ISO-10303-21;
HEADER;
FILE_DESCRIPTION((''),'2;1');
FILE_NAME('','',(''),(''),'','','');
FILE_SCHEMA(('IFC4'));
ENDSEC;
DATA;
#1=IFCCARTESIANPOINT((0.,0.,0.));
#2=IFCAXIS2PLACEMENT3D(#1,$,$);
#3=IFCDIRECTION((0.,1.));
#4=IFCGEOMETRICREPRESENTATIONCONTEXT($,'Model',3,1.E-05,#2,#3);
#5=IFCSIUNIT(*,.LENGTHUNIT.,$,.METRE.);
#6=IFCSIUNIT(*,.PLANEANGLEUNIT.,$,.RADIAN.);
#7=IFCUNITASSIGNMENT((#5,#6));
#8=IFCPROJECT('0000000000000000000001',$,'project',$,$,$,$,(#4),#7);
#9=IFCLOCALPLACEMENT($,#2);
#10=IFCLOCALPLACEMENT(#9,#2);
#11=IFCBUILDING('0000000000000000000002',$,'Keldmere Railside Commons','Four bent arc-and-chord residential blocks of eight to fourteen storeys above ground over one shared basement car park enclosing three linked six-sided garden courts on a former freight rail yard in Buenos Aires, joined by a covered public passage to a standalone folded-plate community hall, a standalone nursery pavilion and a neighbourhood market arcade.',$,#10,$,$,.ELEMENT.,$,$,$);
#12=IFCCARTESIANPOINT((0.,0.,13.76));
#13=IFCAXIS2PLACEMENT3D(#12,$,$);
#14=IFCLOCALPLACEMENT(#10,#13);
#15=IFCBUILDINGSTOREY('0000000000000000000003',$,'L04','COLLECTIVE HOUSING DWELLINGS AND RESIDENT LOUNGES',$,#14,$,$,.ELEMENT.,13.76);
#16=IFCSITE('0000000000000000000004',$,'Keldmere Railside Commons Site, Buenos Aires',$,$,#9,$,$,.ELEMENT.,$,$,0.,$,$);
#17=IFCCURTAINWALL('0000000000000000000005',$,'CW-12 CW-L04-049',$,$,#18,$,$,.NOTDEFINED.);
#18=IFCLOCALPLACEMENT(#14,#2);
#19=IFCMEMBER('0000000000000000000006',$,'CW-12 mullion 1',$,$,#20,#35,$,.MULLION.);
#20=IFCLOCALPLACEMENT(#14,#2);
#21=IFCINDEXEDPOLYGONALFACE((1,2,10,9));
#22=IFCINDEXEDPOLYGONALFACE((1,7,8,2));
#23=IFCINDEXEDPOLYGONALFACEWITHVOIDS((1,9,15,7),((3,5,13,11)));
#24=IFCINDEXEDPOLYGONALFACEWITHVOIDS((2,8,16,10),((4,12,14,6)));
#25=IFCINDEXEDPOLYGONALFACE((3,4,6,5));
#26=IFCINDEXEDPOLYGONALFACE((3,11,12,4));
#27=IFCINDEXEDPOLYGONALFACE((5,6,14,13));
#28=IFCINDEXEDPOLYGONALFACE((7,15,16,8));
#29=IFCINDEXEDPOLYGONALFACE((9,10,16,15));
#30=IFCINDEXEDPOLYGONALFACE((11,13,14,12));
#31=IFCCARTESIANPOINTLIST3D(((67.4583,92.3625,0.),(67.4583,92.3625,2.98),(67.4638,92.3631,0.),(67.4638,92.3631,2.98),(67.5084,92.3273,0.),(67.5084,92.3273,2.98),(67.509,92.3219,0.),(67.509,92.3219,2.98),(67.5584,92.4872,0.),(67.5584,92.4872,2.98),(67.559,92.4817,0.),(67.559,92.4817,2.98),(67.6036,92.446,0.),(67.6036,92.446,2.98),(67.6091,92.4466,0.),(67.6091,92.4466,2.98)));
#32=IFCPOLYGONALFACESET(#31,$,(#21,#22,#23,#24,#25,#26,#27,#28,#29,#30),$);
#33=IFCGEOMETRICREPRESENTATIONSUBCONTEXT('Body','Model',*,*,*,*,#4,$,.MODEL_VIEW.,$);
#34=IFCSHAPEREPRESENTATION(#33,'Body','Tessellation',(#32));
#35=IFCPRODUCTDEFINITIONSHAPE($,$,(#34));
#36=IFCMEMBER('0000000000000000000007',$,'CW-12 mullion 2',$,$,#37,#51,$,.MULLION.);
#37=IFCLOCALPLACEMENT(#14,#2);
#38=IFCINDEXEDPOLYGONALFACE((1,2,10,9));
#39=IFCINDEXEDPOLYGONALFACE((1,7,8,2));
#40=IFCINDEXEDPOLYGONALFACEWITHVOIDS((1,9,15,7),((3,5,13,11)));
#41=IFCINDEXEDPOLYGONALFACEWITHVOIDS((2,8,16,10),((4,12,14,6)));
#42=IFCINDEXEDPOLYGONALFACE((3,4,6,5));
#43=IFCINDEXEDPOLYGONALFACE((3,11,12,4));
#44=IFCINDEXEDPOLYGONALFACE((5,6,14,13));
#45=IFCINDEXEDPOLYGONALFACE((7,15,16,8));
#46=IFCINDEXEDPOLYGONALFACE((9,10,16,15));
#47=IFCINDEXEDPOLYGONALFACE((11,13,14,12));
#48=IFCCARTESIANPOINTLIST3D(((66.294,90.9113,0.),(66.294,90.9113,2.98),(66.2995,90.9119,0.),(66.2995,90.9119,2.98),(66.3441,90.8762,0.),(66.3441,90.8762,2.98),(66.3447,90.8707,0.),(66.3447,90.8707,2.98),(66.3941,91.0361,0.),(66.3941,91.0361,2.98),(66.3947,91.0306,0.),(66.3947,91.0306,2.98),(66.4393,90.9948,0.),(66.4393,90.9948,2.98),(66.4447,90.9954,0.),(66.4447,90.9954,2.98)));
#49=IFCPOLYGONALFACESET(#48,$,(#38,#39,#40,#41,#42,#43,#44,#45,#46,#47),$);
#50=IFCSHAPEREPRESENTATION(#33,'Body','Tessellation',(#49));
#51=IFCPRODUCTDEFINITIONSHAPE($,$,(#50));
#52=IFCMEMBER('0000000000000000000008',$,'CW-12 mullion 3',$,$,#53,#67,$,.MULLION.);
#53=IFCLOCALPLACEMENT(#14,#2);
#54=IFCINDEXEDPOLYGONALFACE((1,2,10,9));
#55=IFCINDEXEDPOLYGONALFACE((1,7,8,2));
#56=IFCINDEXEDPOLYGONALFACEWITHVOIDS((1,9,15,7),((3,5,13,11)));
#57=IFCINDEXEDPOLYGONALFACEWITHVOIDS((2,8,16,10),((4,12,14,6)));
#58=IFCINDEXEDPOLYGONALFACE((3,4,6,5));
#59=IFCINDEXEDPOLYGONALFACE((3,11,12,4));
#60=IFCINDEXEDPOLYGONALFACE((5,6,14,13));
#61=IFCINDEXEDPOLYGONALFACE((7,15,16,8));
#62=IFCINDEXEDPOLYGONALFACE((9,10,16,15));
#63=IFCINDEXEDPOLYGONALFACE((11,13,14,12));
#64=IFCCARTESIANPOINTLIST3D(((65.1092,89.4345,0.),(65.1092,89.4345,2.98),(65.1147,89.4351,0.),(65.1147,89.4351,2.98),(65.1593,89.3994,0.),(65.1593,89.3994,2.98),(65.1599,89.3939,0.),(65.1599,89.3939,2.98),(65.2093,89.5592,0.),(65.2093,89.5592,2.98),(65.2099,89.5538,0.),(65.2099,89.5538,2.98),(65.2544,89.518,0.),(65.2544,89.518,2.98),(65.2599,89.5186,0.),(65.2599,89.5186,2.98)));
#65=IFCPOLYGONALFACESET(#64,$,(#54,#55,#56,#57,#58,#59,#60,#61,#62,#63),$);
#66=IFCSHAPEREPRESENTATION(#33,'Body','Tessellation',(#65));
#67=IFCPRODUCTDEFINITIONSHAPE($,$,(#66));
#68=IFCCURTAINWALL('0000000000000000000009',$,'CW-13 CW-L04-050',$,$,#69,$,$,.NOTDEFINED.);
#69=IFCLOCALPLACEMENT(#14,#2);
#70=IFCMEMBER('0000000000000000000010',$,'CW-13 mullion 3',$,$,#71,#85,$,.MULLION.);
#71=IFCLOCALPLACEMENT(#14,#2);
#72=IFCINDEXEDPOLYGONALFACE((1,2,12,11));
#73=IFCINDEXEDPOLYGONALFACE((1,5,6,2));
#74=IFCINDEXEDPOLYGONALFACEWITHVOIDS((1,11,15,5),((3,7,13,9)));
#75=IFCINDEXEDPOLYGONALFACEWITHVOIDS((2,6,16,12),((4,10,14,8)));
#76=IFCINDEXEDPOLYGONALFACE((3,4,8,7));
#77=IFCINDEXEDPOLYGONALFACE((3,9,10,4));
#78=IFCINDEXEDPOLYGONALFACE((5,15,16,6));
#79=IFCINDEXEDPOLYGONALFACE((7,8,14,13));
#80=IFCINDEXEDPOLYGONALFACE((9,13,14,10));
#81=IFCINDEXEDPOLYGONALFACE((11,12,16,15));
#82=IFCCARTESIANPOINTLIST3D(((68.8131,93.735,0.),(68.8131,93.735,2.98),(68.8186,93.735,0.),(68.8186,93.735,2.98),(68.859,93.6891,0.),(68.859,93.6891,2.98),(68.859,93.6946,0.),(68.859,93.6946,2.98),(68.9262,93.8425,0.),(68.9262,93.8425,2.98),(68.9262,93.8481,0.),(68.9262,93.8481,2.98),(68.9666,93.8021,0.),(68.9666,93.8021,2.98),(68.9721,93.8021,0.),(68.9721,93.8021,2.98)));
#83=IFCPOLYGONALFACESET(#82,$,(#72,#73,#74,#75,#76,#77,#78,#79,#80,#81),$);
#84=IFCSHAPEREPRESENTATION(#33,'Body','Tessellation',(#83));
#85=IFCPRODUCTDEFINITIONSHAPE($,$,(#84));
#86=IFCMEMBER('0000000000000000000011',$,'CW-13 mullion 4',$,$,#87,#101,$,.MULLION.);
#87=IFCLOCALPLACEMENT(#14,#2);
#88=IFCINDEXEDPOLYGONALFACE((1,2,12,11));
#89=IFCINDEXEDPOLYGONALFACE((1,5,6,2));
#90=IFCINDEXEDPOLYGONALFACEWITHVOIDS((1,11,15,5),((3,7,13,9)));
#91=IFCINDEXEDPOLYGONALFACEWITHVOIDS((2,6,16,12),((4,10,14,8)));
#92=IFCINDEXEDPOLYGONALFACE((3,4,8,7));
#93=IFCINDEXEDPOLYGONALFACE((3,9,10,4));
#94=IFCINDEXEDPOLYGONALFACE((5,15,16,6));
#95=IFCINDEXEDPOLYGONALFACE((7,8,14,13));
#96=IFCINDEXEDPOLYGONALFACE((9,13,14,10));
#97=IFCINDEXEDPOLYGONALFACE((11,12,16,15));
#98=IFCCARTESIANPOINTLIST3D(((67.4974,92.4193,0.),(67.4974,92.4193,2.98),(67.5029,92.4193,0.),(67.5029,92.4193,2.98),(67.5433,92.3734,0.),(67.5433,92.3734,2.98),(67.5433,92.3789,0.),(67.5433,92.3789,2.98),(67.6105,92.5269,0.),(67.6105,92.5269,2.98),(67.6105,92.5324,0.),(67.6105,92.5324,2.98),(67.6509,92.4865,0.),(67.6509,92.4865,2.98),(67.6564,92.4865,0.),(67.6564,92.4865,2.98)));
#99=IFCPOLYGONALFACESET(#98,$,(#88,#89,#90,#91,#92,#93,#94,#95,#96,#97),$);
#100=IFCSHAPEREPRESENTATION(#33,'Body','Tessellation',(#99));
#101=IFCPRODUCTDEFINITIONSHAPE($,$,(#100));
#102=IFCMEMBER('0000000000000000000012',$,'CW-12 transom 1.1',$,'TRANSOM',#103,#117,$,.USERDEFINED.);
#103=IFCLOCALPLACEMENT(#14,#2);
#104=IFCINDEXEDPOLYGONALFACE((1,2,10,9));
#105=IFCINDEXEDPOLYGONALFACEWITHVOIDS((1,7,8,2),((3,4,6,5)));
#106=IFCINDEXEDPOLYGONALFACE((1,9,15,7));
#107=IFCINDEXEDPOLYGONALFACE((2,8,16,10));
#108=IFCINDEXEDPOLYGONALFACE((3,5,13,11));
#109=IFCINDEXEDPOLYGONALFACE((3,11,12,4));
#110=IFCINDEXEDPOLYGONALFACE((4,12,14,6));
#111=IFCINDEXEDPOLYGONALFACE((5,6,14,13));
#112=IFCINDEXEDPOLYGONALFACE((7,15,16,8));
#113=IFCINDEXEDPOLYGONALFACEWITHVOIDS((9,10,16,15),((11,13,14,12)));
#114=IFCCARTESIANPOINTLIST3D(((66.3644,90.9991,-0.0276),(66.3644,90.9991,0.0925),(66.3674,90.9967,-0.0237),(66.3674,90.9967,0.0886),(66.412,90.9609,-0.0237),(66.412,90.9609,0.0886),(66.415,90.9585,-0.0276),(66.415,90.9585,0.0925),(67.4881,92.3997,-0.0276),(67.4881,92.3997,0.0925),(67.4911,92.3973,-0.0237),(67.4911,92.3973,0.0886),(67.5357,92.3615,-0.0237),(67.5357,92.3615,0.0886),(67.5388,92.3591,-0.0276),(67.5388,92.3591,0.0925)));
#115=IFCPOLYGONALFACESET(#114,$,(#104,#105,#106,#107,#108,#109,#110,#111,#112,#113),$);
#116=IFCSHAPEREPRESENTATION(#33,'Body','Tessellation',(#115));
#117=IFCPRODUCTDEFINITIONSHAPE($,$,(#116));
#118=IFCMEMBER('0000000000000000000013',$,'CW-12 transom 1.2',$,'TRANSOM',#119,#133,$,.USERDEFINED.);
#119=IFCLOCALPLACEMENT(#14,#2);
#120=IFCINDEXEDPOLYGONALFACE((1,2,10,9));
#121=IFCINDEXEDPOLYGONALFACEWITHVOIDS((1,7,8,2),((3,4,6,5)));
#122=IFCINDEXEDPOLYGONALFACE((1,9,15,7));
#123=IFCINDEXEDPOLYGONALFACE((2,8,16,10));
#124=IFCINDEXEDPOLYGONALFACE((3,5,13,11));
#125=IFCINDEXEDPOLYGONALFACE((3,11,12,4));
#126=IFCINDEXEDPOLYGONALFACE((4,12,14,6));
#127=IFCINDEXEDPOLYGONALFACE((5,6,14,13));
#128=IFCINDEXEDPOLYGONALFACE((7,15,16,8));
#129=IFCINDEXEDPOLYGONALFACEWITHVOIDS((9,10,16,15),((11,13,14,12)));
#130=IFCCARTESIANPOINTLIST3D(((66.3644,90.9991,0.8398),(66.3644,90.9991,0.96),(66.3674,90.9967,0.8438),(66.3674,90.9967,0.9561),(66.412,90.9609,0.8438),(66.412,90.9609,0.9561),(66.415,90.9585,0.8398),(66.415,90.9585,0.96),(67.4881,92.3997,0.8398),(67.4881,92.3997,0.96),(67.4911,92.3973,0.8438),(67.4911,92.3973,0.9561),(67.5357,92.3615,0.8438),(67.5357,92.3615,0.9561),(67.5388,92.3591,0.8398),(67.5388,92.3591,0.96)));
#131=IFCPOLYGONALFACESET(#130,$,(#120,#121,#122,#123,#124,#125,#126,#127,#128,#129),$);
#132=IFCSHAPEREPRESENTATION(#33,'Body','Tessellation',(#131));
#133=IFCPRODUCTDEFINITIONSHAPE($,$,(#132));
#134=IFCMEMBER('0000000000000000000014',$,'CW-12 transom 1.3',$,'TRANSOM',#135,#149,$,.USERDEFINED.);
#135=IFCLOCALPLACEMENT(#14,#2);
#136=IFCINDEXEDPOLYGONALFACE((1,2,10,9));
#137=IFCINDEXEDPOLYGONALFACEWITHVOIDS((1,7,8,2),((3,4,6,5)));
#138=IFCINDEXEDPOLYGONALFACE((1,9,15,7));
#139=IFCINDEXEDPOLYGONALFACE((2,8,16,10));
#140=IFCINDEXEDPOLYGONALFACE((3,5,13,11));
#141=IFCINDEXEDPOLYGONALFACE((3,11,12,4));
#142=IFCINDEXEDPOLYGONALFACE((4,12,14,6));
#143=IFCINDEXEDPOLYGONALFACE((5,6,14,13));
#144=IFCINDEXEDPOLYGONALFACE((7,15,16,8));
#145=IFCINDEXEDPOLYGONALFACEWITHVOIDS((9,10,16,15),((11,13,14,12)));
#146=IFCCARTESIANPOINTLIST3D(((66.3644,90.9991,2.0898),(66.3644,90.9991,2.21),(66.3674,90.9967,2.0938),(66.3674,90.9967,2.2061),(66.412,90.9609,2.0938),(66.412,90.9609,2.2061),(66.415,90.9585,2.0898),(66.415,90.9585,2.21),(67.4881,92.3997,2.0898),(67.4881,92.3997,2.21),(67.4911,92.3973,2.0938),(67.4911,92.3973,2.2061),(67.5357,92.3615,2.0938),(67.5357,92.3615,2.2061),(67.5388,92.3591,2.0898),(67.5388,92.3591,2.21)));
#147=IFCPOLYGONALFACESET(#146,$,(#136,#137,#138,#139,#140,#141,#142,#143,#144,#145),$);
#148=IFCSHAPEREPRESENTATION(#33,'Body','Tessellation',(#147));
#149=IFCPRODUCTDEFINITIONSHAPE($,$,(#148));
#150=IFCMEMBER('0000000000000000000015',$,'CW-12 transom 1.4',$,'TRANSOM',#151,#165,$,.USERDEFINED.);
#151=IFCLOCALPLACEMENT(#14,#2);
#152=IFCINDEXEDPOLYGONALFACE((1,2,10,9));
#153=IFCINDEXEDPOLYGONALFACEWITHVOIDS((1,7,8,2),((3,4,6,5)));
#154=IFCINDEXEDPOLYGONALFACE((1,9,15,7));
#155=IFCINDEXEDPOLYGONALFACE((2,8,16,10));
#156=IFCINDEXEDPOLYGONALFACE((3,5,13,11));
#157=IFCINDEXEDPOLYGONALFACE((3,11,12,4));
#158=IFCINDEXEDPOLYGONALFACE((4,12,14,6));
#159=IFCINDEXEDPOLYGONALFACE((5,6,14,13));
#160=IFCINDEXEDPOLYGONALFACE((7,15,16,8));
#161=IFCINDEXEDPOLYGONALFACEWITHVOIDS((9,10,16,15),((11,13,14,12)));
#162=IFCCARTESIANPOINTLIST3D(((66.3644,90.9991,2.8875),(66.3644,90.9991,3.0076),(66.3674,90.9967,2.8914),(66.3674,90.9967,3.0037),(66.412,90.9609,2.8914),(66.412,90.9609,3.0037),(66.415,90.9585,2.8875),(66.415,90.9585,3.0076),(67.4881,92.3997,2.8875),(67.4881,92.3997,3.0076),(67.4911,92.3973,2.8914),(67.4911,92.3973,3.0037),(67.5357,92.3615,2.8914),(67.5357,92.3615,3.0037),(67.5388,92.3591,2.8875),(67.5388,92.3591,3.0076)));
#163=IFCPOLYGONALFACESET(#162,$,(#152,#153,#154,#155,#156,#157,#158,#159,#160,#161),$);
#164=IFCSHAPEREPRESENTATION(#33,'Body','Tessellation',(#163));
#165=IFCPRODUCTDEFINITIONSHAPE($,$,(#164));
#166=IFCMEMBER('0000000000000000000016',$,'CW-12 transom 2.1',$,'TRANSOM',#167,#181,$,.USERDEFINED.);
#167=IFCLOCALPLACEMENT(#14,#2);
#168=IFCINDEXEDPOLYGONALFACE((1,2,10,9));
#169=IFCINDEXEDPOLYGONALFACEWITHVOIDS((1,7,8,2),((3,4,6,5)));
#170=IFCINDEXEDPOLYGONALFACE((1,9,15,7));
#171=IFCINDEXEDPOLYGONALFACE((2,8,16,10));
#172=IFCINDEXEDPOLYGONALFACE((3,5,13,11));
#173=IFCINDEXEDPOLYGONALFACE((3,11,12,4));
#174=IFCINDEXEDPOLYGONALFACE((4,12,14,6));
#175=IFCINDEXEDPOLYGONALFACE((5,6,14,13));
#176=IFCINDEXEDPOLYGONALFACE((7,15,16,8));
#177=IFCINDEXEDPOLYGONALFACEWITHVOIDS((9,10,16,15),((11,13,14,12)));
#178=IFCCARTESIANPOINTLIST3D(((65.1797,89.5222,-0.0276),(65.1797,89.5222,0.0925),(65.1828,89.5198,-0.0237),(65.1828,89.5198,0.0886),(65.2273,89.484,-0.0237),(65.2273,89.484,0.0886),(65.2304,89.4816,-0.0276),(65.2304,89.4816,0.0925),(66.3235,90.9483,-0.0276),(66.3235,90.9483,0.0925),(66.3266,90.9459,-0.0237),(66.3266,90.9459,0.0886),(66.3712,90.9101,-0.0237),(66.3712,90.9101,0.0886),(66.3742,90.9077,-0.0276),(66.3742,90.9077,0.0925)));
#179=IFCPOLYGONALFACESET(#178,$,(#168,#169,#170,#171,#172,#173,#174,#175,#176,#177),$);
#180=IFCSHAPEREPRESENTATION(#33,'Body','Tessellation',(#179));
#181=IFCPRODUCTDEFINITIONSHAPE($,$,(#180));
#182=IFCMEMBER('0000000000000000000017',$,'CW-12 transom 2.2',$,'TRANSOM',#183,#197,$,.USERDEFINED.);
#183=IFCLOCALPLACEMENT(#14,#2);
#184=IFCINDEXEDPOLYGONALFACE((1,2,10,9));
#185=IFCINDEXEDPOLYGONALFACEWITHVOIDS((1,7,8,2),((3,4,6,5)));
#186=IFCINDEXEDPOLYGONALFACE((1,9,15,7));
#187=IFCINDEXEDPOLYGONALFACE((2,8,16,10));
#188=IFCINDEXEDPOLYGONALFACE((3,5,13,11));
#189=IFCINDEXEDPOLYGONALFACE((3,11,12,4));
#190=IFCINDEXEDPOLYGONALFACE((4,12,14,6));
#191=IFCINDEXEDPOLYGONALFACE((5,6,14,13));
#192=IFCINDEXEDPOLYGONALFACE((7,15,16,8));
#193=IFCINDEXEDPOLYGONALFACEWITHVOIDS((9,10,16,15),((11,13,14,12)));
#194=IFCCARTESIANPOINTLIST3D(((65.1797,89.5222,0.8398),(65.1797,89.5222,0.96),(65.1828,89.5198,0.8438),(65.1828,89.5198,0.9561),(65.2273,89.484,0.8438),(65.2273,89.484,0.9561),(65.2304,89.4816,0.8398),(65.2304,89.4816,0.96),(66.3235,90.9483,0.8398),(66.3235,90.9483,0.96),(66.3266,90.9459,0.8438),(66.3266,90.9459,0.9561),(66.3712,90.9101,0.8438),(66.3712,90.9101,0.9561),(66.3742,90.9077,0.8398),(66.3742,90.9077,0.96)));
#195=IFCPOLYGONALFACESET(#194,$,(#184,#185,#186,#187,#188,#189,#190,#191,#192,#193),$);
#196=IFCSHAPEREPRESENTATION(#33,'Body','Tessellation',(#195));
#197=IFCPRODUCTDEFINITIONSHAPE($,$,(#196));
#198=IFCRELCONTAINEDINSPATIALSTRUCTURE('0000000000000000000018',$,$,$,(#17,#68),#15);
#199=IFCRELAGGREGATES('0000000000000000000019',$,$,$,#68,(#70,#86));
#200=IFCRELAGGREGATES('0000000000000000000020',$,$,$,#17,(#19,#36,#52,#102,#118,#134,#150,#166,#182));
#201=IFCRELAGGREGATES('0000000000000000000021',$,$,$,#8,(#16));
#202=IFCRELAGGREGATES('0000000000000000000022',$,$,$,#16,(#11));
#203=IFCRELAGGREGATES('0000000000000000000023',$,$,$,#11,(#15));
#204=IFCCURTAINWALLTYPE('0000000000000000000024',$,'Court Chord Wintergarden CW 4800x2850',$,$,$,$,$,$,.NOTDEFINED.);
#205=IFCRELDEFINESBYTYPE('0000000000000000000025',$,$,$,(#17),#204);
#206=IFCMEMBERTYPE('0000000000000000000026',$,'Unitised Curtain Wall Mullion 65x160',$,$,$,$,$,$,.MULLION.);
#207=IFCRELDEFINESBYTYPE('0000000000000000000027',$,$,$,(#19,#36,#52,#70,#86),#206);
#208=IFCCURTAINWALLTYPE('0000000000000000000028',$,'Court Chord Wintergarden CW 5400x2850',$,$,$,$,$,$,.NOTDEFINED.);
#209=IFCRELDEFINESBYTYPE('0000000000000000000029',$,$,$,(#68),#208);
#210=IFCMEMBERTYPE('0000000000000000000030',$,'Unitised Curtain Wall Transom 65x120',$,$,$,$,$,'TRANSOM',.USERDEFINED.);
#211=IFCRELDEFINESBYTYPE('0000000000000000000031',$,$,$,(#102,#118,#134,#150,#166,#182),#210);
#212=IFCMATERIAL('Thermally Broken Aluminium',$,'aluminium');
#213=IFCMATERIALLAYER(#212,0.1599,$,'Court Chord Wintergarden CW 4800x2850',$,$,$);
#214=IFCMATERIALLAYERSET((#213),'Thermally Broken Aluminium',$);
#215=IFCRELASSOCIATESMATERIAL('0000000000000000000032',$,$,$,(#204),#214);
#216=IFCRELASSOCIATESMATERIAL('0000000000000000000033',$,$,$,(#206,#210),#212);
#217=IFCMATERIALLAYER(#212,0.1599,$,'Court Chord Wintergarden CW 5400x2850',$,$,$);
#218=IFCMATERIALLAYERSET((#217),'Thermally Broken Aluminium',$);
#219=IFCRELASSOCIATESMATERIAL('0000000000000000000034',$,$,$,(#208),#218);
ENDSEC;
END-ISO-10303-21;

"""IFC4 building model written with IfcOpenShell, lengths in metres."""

from ifc_helpers import new_model, si_unit, direction, frame, origin, origin_2d, place, context, subcontext, project, spatial, hollow_rectangle, extrude, material, layer, layer_set, material_profile, profile_set, type_object, element, aggregate, save


model = new_model("IFC4")

# Units and contexts
model_context = context("Model", 3, precision=1e-05, world=origin(), true_north=direction((0.0, 1.0)))
body_context = subcontext(model_context, "Body", "Model", "MODEL_VIEW")
ifc_project = project(units=[si_unit("LENGTHUNIT", "METRE"), si_unit("PLANEANGLEUNIT", "RADIAN")], contexts=[model_context])

# Site, building, storey
site_placement = place(None, origin())
site = spatial("IfcSite", under=ifc_project, at=site_placement, Name="Keldmere Railside Commons Site, Buenos Aires", CompositionType="ELEMENT", RefElevation=0.0)
building_placement = place(site_placement, origin())
building = spatial("IfcBuilding", under=site, at=building_placement, Name="Keldmere Railside Commons", Description="Four bent arc-and-chord residential blocks of eight to fourteen storeys above ground over one shared basement car park enclosing three linked six-sided garden courts on a former freight rail yard in Buenos Aires, joined by a covered public passage to a standalone folded-plate community hall, a standalone nursery pavilion and a neighbourhood market arcade.", CompositionType="ELEMENT")
storey_placement = place(building_placement, frame((0.0, 0.0, 13.76)))
storey = spatial("IfcBuildingStorey", under=building, at=storey_placement, Name="L04", Description="COLLECTIVE HOUSING DWELLINGS AND RESIDENT LOUNGES", CompositionType="ELEMENT", Elevation=13.76)

# Curtain walls, members
ifc_material_1 = material(Name="Thermally Broken Aluminium", Category="aluminium")
ifc_layer_1 = layer(ifc_material_1, 0.1599, Name="Court Chord Wintergarden CW 4800x2850")
ifc_layer_set_1 = layer_set([ifc_layer_1], Name="Thermally Broken Aluminium")
curtain_wall_type_1 = type_object("IfcCurtainWallType", Name="Court Chord Wintergarden CW 4800x2850", PredefinedType="NOTDEFINED", material=ifc_layer_set_1)
curtain_wall_1_placement = place(storey_placement, origin())
curtain_wall_1 = element("IfcCurtainWall", 1, at=curtain_wall_1_placement, inside=storey, type_object=curtain_wall_type_1, Name="CW-12 CW-L04-049", PredefinedType="NOTDEFINED")
ifc_material_profile_1 = material_profile(ifc_material_1, hollow_rectangle(XDim=0.0649, YDim=0.1599, WallThickness=0.0039, at=origin_2d()), Name="ALU-MULL-65x160")
ifc_profile_set_1 = profile_set([ifc_material_profile_1], Name="Thermally Broken Aluminium")
member_type_1 = type_object("IfcMemberType", Name="Unitised Curtain Wall Mullion 65x160", PredefinedType="MULLION", material=ifc_profile_set_1)
member_1_placement = place(storey_placement, frame((67.5337, 92.4045, 0.0), z_axis=(0.0, 0.0, 1.0), x_axis=(0.780009, -0.625768, 0.0)))
member_1 = element("IfcMember", 2, at=member_1_placement, type_object=member_type_1, Name="CW-12 mullion 1", PredefinedType="MULLION", context=body_context, shape_type="SweptSolid", body=[
    extrude(hollow_rectangle(XDim=0.0649, YDim=0.1599, WallThickness=0.0039, at=origin_2d()), origin(), (0.0, 0.0, 1.0), 2.98),
])
member_2_placement = place(storey_placement, frame((66.3694, 90.9534, 0.0), z_axis=(0.0, 0.0, 1.0), x_axis=(0.780009, -0.625768, 0.0)))
member_2 = element("IfcMember", 3, at=member_2_placement, type_object=member_type_1, Name="CW-12 mullion 2", PredefinedType="MULLION", context=body_context, shape_type="SweptSolid", body=[
    extrude(hollow_rectangle(XDim=0.0649, YDim=0.1599, WallThickness=0.0039, at=origin_2d()), origin(), (0.0, 0.0, 1.0), 2.98),
])
member_3_placement = place(storey_placement, frame((65.1846, 89.4766, 0.0), z_axis=(0.0, 0.0, 1.0), x_axis=(0.780009, -0.625768, 0.0)))
member_3 = element("IfcMember", 4, at=member_3_placement, type_object=member_type_1, Name="CW-12 mullion 3", PredefinedType="MULLION", context=body_context, shape_type="SweptSolid", body=[
    extrude(hollow_rectangle(XDim=0.0649, YDim=0.1599, WallThickness=0.0039, at=origin_2d()), origin(), (0.0, 0.0, 1.0), 2.98),
])
ifc_layer_2 = layer(ifc_material_1, 0.1599, Name="Court Chord Wintergarden CW 5400x2850")
ifc_layer_set_2 = layer_set([ifc_layer_2], Name="Thermally Broken Aluminium")
curtain_wall_type_2 = type_object("IfcCurtainWallType", Name="Court Chord Wintergarden CW 5400x2850", PredefinedType="NOTDEFINED", material=ifc_layer_set_2)
curtain_wall_2_placement = place(storey_placement, origin())
curtain_wall_2 = element("IfcCurtainWall", 5, at=curtain_wall_2_placement, inside=storey, type_object=curtain_wall_type_2, Name="CW-13 CW-L04-050", PredefinedType="NOTDEFINED")
member_4_placement = place(storey_placement, frame((68.8926, 93.7686, 0.0), z_axis=(0.0, 0.0, 1.0), x_axis=(0.707107, -0.707107, 0.0)))
member_4 = element("IfcMember", 6, at=member_4_placement, type_object=member_type_1, Name="CW-13 mullion 3", PredefinedType="MULLION", context=body_context, shape_type="SweptSolid", body=[
    extrude(hollow_rectangle(XDim=0.0649, YDim=0.1599, WallThickness=0.0039, at=origin_2d()), origin(), (0.0, 0.0, 1.0), 2.98),
])
member_5_placement = place(storey_placement, frame((67.5769, 92.4529, 0.0), z_axis=(0.0, 0.0, 1.0), x_axis=(0.707107, -0.707107, 0.0)))
member_5 = element("IfcMember", 7, at=member_5_placement, type_object=member_type_1, Name="CW-13 mullion 4", PredefinedType="MULLION", context=body_context, shape_type="SweptSolid", body=[
    extrude(hollow_rectangle(XDim=0.0649, YDim=0.1599, WallThickness=0.0039, at=origin_2d()), origin(), (0.0, 0.0, 1.0), 2.98),
])

# Members
ifc_material_profile_2 = material_profile(ifc_material_1, hollow_rectangle(XDim=0.0649, YDim=0.1201, WallThickness=0.0039, at=origin_2d()), Name="ALU-TRAN-65x120")
ifc_profile_set_2 = profile_set([ifc_material_profile_2], Name="Thermally Broken Aluminium")
member_type_2 = type_object("IfcMemberType", Name="Unitised Curtain Wall Transom 65x120", ElementType="TRANSOM", PredefinedType="USERDEFINED", material=ifc_profile_set_2)
member_6_placement = place(storey_placement, frame((67.5134, 92.3794, 0.0325), z_axis=(-0.625805, -0.779979, 0.0), x_axis=(0.779979, -0.625805, 0.0)))
member_6 = element("IfcMember", 8, at=member_6_placement, type_object=member_type_2, Name="CW-12 transom 1.1", ObjectType="TRANSOM", PredefinedType="USERDEFINED", context=body_context, shape_type="SweptSolid", body=[
    extrude(hollow_rectangle(XDim=0.0649, YDim=0.1201, WallThickness=0.0039, at=origin_2d()), origin(), (0.0, 0.0, 1.0), 1.7957),
])
member_7_placement = place(storey_placement, frame((67.5134, 92.3794, 0.8999), z_axis=(-0.625805, -0.779979, 0.0), x_axis=(0.779979, -0.625805, 0.0)))
member_7 = element("IfcMember", 9, at=member_7_placement, type_object=member_type_2, Name="CW-12 transom 1.2", ObjectType="TRANSOM", PredefinedType="USERDEFINED", context=body_context, shape_type="SweptSolid", body=[
    extrude(hollow_rectangle(XDim=0.0649, YDim=0.1201, WallThickness=0.0039, at=origin_2d()), origin(), (0.0, 0.0, 1.0), 1.7957),
])
member_8_placement = place(storey_placement, frame((67.5134, 92.3794, 2.1499), z_axis=(-0.625805, -0.779979, 0.0), x_axis=(0.779979, -0.625805, 0.0)))
member_8 = element("IfcMember", 10, at=member_8_placement, type_object=member_type_2, Name="CW-12 transom 1.3", ObjectType="TRANSOM", PredefinedType="USERDEFINED", context=body_context, shape_type="SweptSolid", body=[
    extrude(hollow_rectangle(XDim=0.0649, YDim=0.1201, WallThickness=0.0039, at=origin_2d()), origin(), (0.0, 0.0, 1.0), 1.7957),
])
member_9_placement = place(storey_placement, frame((67.5134, 92.3794, 2.9475), z_axis=(-0.625805, -0.779979, 0.0), x_axis=(0.779979, -0.625805, 0.0)))
member_9 = element("IfcMember", 11, at=member_9_placement, type_object=member_type_2, Name="CW-12 transom 1.4", ObjectType="TRANSOM", PredefinedType="USERDEFINED", context=body_context, shape_type="SweptSolid", body=[
    extrude(hollow_rectangle(XDim=0.0649, YDim=0.1201, WallThickness=0.0039, at=origin_2d()), origin(), (0.0, 0.0, 1.0), 1.7957),
])
member_10_placement = place(storey_placement, frame((66.3489, 90.928, 0.0325), z_axis=(-0.625688, -0.780073, 0.0), x_axis=(0.780073, -0.625688, 0.0)))
member_10 = element("IfcMember", 12, at=member_10_placement, type_object=member_type_2, Name="CW-12 transom 2.1", ObjectType="TRANSOM", PredefinedType="USERDEFINED", context=body_context, shape_type="SweptSolid", body=[
    extrude(hollow_rectangle(XDim=0.0649, YDim=0.1201, WallThickness=0.0039, at=origin_2d()), origin(), (0.0, 0.0, 1.0), 1.8281),
])
member_11_placement = place(storey_placement, frame((66.3489, 90.928, 0.8999), z_axis=(-0.625688, -0.780073, 0.0), x_axis=(0.780073, -0.625688, 0.0)))
member_11 = element("IfcMember", 13, at=member_11_placement, type_object=member_type_2, Name="CW-12 transom 2.2", ObjectType="TRANSOM", PredefinedType="USERDEFINED", context=body_context, shape_type="SweptSolid", body=[
    extrude(hollow_rectangle(XDim=0.0649, YDim=0.1201, WallThickness=0.0039, at=origin_2d()), origin(), (0.0, 0.0, 1.0), 1.8281),
])

aggregate(curtain_wall_2, [member_4, member_5])
aggregate(curtain_wall_1, [member_1, member_2, member_3, member_6, member_7, member_8, member_9, member_10, member_11])

save(model, "model.ifc")
